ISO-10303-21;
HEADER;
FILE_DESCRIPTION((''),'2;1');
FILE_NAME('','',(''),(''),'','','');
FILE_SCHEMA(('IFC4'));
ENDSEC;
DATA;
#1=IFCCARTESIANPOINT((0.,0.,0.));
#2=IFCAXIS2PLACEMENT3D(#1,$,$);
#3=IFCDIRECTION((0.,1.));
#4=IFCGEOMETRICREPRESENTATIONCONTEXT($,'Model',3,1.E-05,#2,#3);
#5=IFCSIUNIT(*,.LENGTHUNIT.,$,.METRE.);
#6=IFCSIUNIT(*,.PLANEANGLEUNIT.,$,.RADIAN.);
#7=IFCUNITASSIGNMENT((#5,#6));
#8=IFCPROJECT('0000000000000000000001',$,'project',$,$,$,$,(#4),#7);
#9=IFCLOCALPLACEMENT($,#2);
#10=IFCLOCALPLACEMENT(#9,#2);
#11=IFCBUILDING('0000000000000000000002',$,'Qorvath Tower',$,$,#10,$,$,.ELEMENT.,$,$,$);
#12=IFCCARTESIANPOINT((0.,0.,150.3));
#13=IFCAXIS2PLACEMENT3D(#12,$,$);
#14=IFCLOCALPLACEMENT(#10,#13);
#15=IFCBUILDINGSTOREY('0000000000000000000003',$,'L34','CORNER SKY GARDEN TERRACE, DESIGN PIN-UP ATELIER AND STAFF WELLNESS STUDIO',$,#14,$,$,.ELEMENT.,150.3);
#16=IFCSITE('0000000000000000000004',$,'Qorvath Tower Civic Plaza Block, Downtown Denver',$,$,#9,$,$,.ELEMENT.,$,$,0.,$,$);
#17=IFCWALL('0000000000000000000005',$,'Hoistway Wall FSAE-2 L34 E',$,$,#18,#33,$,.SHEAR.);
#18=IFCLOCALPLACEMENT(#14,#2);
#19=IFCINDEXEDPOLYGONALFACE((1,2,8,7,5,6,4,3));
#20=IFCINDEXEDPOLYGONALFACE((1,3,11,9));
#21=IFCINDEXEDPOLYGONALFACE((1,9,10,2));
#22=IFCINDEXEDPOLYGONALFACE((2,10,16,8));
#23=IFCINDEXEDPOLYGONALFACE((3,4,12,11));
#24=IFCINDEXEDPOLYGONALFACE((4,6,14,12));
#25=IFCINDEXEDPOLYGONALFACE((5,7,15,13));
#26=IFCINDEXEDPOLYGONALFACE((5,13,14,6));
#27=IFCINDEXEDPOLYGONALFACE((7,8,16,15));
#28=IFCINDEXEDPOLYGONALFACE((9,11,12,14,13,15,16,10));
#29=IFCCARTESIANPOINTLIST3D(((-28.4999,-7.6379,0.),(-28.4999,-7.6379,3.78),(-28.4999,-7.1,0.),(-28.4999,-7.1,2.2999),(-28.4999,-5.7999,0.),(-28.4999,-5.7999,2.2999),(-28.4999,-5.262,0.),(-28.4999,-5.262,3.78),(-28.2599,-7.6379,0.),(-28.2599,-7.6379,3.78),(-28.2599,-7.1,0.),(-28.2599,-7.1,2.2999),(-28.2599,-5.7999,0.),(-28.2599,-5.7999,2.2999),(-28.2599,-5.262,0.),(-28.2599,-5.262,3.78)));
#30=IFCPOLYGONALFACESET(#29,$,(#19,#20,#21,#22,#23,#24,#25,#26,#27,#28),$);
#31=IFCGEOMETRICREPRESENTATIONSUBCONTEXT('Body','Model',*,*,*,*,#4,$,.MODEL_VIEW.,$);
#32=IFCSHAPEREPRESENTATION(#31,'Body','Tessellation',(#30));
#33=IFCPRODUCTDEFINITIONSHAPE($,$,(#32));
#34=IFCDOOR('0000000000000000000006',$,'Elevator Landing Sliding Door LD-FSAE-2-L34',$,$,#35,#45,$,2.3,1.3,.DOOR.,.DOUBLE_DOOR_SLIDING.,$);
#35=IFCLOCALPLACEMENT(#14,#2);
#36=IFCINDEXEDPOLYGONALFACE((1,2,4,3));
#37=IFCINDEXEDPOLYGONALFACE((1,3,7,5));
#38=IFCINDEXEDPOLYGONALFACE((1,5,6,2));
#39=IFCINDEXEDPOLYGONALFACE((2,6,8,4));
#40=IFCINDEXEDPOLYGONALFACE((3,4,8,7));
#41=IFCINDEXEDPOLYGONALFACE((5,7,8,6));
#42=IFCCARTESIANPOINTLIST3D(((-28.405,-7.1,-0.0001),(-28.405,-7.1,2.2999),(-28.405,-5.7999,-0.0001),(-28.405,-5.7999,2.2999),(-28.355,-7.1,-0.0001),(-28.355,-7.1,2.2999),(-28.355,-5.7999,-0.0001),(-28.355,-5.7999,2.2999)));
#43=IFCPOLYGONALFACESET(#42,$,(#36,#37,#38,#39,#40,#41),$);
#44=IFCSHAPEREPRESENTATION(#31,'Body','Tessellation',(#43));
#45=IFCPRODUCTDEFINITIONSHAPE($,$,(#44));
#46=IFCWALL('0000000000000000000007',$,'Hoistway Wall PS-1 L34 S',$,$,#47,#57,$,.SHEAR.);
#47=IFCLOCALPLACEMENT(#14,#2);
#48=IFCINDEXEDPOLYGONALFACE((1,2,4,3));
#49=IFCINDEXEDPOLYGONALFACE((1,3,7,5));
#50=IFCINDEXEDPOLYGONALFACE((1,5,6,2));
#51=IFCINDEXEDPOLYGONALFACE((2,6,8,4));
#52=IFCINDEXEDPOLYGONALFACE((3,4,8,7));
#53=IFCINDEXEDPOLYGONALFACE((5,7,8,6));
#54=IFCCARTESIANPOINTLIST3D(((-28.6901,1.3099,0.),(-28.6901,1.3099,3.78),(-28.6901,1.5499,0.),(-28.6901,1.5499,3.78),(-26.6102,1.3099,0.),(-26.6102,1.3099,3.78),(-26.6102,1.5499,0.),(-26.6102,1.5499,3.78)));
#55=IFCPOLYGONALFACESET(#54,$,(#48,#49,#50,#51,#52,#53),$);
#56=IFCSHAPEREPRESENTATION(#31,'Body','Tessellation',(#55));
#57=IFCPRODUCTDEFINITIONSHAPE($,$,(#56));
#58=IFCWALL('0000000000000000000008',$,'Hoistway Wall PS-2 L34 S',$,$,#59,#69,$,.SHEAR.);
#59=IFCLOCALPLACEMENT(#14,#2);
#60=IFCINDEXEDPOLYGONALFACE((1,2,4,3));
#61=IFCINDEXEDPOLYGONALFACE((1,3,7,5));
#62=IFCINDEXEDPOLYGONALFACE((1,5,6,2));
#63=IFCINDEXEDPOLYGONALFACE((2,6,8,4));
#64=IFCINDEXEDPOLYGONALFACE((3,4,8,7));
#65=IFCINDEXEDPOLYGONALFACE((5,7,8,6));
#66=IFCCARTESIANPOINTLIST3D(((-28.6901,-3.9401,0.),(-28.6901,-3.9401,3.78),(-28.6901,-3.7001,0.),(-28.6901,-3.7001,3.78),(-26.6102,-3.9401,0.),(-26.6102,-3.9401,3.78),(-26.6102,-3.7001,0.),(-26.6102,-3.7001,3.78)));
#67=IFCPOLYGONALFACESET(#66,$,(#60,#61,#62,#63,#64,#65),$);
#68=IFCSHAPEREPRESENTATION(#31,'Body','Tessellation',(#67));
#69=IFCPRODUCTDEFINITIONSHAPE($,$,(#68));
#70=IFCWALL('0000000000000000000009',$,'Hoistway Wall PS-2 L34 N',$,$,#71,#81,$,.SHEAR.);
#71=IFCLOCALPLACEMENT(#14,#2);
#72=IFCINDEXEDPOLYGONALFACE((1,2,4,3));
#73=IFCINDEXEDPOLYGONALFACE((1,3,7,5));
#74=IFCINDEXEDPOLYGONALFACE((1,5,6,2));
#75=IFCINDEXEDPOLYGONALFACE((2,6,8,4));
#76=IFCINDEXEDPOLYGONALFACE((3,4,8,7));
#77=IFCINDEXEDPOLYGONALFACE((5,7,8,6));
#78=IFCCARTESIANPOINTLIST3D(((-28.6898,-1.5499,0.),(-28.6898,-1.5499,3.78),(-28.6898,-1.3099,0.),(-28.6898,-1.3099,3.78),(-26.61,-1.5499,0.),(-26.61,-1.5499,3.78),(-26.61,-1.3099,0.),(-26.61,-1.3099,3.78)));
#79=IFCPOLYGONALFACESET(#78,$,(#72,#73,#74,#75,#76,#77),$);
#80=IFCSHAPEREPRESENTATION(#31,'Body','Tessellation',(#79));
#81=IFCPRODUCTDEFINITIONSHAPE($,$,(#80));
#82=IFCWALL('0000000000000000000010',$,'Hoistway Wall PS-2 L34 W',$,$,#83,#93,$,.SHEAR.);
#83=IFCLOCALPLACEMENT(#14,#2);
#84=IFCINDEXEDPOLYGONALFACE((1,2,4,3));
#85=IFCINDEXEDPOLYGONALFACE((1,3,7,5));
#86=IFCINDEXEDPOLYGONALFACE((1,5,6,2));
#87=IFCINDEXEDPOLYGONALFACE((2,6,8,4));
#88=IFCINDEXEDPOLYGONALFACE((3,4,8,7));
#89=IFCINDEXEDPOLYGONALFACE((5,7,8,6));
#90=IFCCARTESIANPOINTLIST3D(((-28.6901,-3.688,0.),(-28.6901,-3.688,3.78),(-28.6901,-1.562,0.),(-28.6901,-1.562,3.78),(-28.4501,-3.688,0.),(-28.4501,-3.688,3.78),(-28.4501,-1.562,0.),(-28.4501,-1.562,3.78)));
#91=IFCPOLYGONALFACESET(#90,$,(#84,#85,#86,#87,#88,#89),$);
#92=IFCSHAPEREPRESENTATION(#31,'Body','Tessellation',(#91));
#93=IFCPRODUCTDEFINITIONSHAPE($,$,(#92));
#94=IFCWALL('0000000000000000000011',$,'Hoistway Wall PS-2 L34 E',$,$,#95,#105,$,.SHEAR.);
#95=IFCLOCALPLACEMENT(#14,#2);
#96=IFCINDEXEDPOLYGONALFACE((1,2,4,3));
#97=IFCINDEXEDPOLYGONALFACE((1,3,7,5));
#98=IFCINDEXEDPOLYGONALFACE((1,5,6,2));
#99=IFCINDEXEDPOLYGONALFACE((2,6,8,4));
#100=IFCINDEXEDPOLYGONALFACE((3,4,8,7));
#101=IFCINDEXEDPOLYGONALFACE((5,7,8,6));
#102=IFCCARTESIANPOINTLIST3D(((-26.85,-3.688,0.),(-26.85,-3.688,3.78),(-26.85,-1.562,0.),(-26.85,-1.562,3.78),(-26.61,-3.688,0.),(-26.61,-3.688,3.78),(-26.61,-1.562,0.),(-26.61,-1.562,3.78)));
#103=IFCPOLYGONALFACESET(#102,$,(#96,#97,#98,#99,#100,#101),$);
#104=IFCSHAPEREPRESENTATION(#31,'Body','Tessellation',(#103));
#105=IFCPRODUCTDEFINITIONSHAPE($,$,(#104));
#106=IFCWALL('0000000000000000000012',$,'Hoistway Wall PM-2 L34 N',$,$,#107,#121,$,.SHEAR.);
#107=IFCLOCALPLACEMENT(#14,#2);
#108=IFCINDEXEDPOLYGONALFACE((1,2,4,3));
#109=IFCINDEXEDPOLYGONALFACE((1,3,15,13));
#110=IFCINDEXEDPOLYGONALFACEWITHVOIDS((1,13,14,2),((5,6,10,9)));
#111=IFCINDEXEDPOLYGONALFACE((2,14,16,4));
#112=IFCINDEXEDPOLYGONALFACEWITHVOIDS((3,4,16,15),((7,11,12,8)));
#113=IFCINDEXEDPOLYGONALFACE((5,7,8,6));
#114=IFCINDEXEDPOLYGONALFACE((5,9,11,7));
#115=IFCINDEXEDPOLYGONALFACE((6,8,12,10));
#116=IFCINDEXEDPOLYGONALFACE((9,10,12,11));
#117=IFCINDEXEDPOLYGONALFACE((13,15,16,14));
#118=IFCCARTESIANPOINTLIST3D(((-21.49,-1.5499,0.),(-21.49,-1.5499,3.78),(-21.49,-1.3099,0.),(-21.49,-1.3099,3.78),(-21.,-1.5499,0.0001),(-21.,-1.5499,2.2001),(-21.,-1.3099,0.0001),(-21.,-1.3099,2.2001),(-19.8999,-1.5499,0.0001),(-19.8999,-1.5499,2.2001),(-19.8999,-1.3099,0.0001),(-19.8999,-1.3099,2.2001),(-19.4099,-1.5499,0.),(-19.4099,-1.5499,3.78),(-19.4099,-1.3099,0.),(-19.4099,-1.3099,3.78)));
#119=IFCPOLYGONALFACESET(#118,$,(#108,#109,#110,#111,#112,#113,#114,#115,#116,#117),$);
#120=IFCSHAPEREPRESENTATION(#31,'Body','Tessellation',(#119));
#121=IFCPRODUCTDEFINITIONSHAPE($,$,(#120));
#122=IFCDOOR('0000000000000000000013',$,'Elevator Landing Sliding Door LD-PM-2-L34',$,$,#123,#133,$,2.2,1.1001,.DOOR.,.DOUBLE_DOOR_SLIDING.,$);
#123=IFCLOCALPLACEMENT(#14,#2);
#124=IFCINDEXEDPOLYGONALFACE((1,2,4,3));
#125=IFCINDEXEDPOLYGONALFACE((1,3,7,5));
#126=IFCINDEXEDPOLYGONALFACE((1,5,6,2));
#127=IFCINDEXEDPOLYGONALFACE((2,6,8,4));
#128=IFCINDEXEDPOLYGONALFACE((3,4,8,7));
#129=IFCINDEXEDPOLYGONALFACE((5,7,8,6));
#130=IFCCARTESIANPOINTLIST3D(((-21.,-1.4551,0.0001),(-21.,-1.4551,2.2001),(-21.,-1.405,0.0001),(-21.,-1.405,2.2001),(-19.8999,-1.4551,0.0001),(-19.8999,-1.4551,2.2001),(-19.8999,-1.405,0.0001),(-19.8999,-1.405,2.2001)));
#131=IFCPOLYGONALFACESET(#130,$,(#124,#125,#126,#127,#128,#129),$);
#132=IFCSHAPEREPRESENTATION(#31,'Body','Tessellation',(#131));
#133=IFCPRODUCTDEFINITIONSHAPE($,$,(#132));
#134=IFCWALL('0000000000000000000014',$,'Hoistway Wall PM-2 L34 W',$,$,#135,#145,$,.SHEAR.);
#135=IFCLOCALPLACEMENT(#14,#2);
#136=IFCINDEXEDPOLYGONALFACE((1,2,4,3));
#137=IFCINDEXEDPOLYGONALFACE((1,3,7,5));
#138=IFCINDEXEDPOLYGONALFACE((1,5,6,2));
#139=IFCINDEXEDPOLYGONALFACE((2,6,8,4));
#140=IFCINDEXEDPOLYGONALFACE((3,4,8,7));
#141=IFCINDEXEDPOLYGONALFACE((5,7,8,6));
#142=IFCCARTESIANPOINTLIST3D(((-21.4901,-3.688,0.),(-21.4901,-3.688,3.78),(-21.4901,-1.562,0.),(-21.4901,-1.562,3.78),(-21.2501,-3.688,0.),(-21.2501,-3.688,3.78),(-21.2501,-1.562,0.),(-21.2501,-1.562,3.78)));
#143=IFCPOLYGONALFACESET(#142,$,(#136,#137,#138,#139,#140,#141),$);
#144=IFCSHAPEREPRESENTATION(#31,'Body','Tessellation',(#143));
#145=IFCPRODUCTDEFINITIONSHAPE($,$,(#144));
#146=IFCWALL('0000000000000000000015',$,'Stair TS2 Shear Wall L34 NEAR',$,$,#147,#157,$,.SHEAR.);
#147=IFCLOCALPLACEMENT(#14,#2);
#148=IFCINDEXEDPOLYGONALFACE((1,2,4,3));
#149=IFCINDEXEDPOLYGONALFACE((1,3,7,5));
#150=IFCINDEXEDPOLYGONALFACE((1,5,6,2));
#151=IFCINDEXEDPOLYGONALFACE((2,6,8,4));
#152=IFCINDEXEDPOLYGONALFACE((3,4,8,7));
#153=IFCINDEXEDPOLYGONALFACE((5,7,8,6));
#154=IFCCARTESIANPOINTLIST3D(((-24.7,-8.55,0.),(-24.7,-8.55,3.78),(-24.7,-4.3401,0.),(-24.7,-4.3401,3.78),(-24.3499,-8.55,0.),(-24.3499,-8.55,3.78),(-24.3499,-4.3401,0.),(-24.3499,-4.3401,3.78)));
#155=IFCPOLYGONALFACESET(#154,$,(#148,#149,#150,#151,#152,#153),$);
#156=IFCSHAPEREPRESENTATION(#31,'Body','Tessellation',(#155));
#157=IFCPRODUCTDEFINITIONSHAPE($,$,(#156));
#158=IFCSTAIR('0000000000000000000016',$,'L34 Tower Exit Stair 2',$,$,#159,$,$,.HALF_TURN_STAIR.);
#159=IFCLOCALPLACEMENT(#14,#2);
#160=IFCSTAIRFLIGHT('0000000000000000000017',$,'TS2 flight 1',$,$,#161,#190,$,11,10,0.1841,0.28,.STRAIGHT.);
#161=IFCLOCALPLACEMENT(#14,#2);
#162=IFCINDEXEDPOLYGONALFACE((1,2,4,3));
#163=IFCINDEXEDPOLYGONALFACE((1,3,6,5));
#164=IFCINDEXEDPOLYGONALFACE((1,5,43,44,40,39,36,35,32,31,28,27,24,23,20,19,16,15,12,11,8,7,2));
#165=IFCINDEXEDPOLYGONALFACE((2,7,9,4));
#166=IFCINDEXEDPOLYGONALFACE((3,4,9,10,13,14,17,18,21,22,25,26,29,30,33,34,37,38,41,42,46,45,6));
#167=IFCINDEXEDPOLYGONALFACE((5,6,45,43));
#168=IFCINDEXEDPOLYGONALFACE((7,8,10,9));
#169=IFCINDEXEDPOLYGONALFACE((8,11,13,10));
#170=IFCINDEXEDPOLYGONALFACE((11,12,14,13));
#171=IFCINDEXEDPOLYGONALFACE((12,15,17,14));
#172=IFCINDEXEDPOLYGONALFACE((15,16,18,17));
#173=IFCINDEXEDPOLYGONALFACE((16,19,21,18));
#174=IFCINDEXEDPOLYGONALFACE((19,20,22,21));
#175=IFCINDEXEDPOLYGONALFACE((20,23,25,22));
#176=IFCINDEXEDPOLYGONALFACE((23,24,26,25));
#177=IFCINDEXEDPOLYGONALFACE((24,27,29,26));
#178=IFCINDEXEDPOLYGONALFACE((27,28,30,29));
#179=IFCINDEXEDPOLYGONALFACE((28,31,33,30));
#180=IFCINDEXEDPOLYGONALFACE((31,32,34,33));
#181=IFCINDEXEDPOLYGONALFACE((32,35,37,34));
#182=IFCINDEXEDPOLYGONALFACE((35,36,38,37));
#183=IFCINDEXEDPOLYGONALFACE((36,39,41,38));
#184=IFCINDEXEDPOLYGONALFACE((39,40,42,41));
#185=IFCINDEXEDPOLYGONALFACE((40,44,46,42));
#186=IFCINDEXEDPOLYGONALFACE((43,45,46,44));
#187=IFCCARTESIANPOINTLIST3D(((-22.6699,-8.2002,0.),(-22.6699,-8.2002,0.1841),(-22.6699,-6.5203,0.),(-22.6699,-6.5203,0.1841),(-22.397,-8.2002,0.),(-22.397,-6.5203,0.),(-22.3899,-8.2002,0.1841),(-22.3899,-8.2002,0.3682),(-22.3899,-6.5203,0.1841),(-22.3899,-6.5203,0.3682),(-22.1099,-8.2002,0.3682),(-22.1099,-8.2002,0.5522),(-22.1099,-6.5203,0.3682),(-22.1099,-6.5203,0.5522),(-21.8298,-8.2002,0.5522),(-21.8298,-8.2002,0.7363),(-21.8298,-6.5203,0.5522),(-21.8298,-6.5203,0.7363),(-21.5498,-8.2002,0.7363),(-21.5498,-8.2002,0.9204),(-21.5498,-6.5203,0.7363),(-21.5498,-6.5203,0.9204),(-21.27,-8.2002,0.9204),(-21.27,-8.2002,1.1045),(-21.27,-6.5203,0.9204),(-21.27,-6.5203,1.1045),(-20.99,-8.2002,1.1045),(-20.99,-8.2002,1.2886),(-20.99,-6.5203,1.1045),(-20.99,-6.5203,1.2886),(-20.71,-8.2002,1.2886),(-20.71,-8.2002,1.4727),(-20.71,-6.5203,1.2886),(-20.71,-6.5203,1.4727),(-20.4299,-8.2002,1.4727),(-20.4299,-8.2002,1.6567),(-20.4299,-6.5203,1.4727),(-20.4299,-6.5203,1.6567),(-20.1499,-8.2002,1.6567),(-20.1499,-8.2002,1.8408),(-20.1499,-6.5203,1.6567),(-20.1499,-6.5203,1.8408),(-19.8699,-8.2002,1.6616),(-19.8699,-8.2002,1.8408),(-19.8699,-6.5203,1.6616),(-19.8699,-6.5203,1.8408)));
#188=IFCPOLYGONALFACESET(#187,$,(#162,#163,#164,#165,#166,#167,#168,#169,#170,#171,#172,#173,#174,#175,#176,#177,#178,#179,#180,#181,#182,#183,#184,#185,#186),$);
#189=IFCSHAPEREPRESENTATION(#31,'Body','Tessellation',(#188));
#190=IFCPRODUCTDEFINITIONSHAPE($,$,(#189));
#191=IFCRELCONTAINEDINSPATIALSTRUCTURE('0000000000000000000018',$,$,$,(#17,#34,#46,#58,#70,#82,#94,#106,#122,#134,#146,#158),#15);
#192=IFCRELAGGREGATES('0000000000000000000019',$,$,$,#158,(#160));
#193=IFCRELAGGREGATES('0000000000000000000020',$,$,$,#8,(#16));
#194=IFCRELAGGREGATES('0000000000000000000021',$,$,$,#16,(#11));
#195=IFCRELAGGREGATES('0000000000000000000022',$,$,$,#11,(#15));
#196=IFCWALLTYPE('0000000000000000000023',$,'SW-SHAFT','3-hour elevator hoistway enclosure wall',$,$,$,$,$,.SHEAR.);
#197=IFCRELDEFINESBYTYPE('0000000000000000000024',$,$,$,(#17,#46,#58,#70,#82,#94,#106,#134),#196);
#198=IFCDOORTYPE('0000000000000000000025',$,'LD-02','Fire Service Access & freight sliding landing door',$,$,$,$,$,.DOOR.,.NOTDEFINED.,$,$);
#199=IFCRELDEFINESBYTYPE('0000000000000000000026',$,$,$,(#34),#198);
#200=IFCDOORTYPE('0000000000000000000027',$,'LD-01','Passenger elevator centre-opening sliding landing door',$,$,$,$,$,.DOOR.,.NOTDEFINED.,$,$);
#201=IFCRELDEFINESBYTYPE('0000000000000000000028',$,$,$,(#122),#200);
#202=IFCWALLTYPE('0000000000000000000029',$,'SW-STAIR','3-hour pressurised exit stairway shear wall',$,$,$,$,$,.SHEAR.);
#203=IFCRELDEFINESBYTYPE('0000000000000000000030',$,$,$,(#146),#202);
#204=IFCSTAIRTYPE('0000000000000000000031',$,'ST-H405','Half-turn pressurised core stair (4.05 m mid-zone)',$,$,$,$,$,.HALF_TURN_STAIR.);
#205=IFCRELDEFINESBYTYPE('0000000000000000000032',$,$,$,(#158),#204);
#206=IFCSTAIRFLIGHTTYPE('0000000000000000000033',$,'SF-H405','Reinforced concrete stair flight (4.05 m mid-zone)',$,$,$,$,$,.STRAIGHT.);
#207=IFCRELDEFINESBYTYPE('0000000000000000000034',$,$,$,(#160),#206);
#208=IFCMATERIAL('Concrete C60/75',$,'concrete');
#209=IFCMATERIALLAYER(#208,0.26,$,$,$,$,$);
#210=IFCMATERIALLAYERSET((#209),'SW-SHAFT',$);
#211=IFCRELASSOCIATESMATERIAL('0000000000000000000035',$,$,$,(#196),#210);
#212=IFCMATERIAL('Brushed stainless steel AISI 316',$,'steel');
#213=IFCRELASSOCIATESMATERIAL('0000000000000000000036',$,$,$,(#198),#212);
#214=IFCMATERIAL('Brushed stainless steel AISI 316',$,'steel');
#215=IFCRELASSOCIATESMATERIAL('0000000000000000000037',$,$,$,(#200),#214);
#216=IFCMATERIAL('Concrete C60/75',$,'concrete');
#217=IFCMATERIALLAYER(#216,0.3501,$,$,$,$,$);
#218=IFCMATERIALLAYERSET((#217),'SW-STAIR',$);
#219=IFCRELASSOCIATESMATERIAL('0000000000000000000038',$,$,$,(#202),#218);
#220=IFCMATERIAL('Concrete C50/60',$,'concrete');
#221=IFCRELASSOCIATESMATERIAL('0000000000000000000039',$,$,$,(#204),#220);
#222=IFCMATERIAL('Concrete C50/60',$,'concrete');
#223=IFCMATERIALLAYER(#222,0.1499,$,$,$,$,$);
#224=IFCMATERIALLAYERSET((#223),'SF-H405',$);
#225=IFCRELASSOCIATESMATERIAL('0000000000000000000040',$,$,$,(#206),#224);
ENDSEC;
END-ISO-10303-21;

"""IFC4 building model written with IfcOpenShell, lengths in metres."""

from ifc_helpers import new_model, si_unit, direction, frame, frame_2d, origin, place, context, subcontext, project, spatial, polyline, rectangle, outline, extrude, material, layer, layer_set, type_object, element, fill, aggregate, save


model = new_model("IFC4")

# Units and contexts
model_context = context("Model", 3, precision=1e-05, world=origin(), true_north=direction((0.0, 1.0)))
body_context = subcontext(model_context, "Body", "Model", "MODEL_VIEW")
ifc_project = project(units=[si_unit("LENGTHUNIT", "METRE"), si_unit("PLANEANGLEUNIT", "RADIAN")], contexts=[model_context])

# Site, building, storey
site_placement = place(None, origin())
site = spatial("IfcSite", under=ifc_project, at=site_placement, Name="Qorvath Tower Civic Plaza Block, Downtown Denver", CompositionType="ELEMENT", RefElevation=0.0)
building_placement = place(site_placement, origin())
building = spatial("IfcBuilding", under=site, at=building_placement, Name="Qorvath Tower", CompositionType="ELEMENT")
storey_placement = place(building_placement, frame((0.0, 0.0, 150.3)))
storey = spatial("IfcBuildingStorey", under=building, at=storey_placement, Name="L34", Description="CORNER SKY GARDEN TERRACE, DESIGN PIN-UP ATELIER AND STAFF WELLNESS STUDIO", CompositionType="ELEMENT", Elevation=150.3)

# Shared definitions
ifc_material_1 = material(Name="Concrete C60/75", Category="concrete")
ifc_layer_1 = layer(ifc_material_1, 0.26)
ifc_layer_set_1 = layer_set([ifc_layer_1], Name="SW-SHAFT")
wall_type_1 = type_object("IfcWallType", Name="SW-SHAFT", Description="3-hour elevator hoistway enclosure wall", PredefinedType="SHEAR", material=ifc_layer_set_1)

# Wall, opening, door
wall_1_placement = place(storey_placement, frame((-28.3799, -5.262, 0.0), z_axis=(0.0, 0.0, 1.0), x_axis=(0.0, -1.0, 0.0)))
wall_1 = element("IfcWall", 1, at=wall_1_placement, inside=storey, type_object=wall_type_1, Name="Hoistway Wall FSAE-2 L34 E", PredefinedType="SHEAR", context=body_context, shape_type="SweptSolid", body=[
    extrude(rectangle(XDim=2.376, YDim=0.24, at=frame_2d((1.188, 0.0))), origin(), (0.0, 0.0, 1.0), 3.78),
])
opening_1_placement = place(wall_1_placement, frame((0.5381, 0.0, 0.0)))
opening_1 = element("IfcOpeningElement", 2, at=opening_1_placement, cuts=wall_1, PredefinedType="OPENING", context=body_context, shape_type="SweptSolid", body=[
    extrude(rectangle(XDim=1.3, YDim=2.3, at=frame_2d((0.6499, 1.1499))), frame((0.0, 0.1299, 0.0), z_axis=(0.0, -1.0, 0.0), x_axis=(1.0, 0.0, 0.0)), (0.0, 0.0, 1.0), 0.26),
])
ifc_material_2 = material(Name="Brushed stainless steel AISI 316", Category="steel")
door_type_1 = type_object("IfcDoorType", Name="LD-02", Description="Fire Service Access & freight sliding landing door", OperationType="NOTDEFINED", PredefinedType="DOOR", material=ifc_material_2)
door_1_placement = place(opening_1_placement, origin())
door_1 = element("IfcDoor", 3, at=door_1_placement, inside=storey, type_object=door_type_1, Name="Elevator Landing Sliding Door LD-FSAE-2-L34", OperationType="DOUBLE_DOOR_SLIDING", OverallHeight=2.3, OverallWidth=1.3, PredefinedType="DOOR", context=body_context, shape_type="SweptSolid", body=[
    extrude(rectangle(XDim=1.3, YDim=2.3, at=frame_2d((0.6499, 1.1499))), frame((0.0, 0.0249, 0.0), z_axis=(0.0, -1.0, 0.0), x_axis=(1.0, 0.0, 0.0)), (0.0, 0.0, 1.0), 0.05),
])
fill(opening_1, door_1)

# Walls
for number, where, z_axis, x_axis, name in (
    (4, (-26.6101, 1.4299, 0.0), (0.0, 0.0, 1.0), (-1.0, 0.0, 0.0), "Hoistway Wall PS-1 L34 S"),
    (5, (-26.6101, -3.8201, 0.0), (0.0, 0.0, 1.0), (-1.0, 0.0, 0.0), "Hoistway Wall PS-2 L34 S"),
    (6, (-28.6899, -1.4299, 0.0), (0.0, 0.0, 1.0), (1.0, 0.0, 0.0), "Hoistway Wall PS-2 L34 N"),
):
    element("IfcWall", number, at=place(storey_placement, frame(where, z_axis=z_axis, x_axis=x_axis)), inside=storey, type_object=wall_type_1, Name=name, PredefinedType="SHEAR", context=body_context, shape_type="SweptSolid", body=[
        extrude(rectangle(XDim=2.0798, YDim=0.24, at=frame_2d((1.04, 0.0))), origin(), (0.0, 0.0, 1.0), 3.78),
    ])
for number, where, z_axis, x_axis, name in (
    (7, (-28.5701, -3.688, 0.0), (0.0, 0.0, 1.0), (0.0, 1.0, 0.0), "Hoistway Wall PS-2 L34 W"),
    (8, (-26.73, -1.562, 0.0), (0.0, 0.0, 1.0), (0.0, -1.0, 0.0), "Hoistway Wall PS-2 L34 E"),
):
    element("IfcWall", number, at=place(storey_placement, frame(where, z_axis=z_axis, x_axis=x_axis)), inside=storey, type_object=wall_type_1, Name=name, PredefinedType="SHEAR", context=body_context, shape_type="SweptSolid", body=[
        extrude(rectangle(XDim=2.126, YDim=0.24, at=frame_2d((1.063, 0.0))), origin(), (0.0, 0.0, 1.0), 3.78),
    ])

# Wall, opening, door
wall_2_placement = place(storey_placement, frame((-21.49, -1.4299, 0.0), z_axis=(0.0, 0.0, 1.0), x_axis=(1.0, 0.0, 0.0)))
wall_2 = element("IfcWall", 9, at=wall_2_placement, inside=storey, type_object=wall_type_1, Name="Hoistway Wall PM-2 L34 N", PredefinedType="SHEAR", context=body_context, shape_type="SweptSolid", body=[
    extrude(rectangle(XDim=2.0801, YDim=0.24, at=frame_2d((1.04, 0.0))), origin(), (0.0, 0.0, 1.0), 3.78),
])
opening_2_placement = place(wall_2_placement, frame((0.49, 0.0, 0.0)))
opening_2 = element("IfcOpeningElement", 10, at=opening_2_placement, cuts=wall_2, PredefinedType="OPENING", context=body_context, shape_type="SweptSolid", body=[
    extrude(rectangle(XDim=1.1001, YDim=2.2, at=frame_2d((0.55, 1.1001))), frame((0.0, 0.1299, 0.0), z_axis=(0.0, -1.0, 0.0), x_axis=(1.0, 0.0, 0.0)), (0.0, 0.0, 1.0), 0.26),
])
ifc_material_3 = material(Name="Brushed stainless steel AISI 316", Category="steel")
door_type_2 = type_object("IfcDoorType", Name="LD-01", Description="Passenger elevator centre-opening sliding landing door", OperationType="NOTDEFINED", PredefinedType="DOOR", material=ifc_material_3)
door_2_placement = place(opening_2_placement, origin())
door_2 = element("IfcDoor", 11, at=door_2_placement, inside=storey, type_object=door_type_2, Name="Elevator Landing Sliding Door LD-PM-2-L34", OperationType="DOUBLE_DOOR_SLIDING", OverallHeight=2.2, OverallWidth=1.1001, PredefinedType="DOOR", context=body_context, shape_type="SweptSolid", body=[
    extrude(rectangle(XDim=1.1001, YDim=2.2, at=frame_2d((0.55, 1.1001))), frame((0.0, 0.0249, 0.0), z_axis=(0.0, -1.0, 0.0), x_axis=(1.0, 0.0, 0.0)), (0.0, 0.0, 1.0), 0.05),
])
fill(opening_2, door_2)

# Walls
wall_3_placement = place(storey_placement, frame((-21.3701, -3.688, 0.0), z_axis=(0.0, 0.0, 1.0), x_axis=(0.0, 1.0, 0.0)))
element("IfcWall", 12, at=wall_3_placement, inside=storey, type_object=wall_type_1, Name="Hoistway Wall PM-2 L34 W", PredefinedType="SHEAR", context=body_context, shape_type="SweptSolid", body=[
    extrude(rectangle(XDim=2.126, YDim=0.24, at=frame_2d((1.063, 0.0))), origin(), (0.0, 0.0, 1.0), 3.78),
])
ifc_material_4 = material(Name="Concrete C60/75", Category="concrete")
ifc_layer_2 = layer(ifc_material_4, 0.3501)
ifc_layer_set_2 = layer_set([ifc_layer_2], Name="SW-STAIR")
wall_type_2 = type_object("IfcWallType", Name="SW-STAIR", Description="3-hour pressurised exit stairway shear wall", PredefinedType="SHEAR", material=ifc_layer_set_2)
wall_4_placement = place(storey_placement, frame((-24.5249, -4.3401, 0.0), z_axis=(0.0, 0.0, 1.0), x_axis=(0.0, -1.0, 0.0)))
element("IfcWall", 13, at=wall_4_placement, inside=storey, type_object=wall_type_2, Name="Stair TS2 Shear Wall L34 NEAR", PredefinedType="SHEAR", context=body_context, shape_type="SweptSolid", body=[
    extrude(rectangle(XDim=4.21, YDim=0.3501, at=frame_2d((2.105, 0.0))), origin(), (0.0, 0.0, 1.0), 3.78),
])

# Stair, stair flight
ifc_material_5 = material(Name="Concrete C50/60", Category="concrete")
stair_type = type_object("IfcStairType", Name="ST-H405", Description="Half-turn pressurised core stair (4.05 m mid-zone)", PredefinedType="HALF_TURN_STAIR", material=ifc_material_5)
stair_placement = place(storey_placement, origin())
stair = element("IfcStair", 14, at=stair_placement, inside=storey, type_object=stair_type, Name="L34 Tower Exit Stair 2", PredefinedType="HALF_TURN_STAIR")
ifc_material_6 = material(Name="Concrete C50/60", Category="concrete")
ifc_layer_3 = layer(ifc_material_6, 0.1499)
ifc_layer_set_3 = layer_set([ifc_layer_3], Name="SF-H405")
stair_flight_type = type_object("IfcStairFlightType", Name="SF-H405", Description="Reinforced concrete stair flight (4.05 m mid-zone)", PredefinedType="STRAIGHT", material=ifc_layer_set_3)
stair_flight_placement = place(storey_placement, frame((-22.6699, -7.3601, 0.0), z_axis=(0.0, 0.0, 1.0), x_axis=(1.0, 0.0, 0.0)))
stair_flight = element("IfcStairFlight", 15, at=stair_flight_placement, type_object=stair_flight_type, Name="TS2 flight 1", NumberOfRisers=11, NumberOfTreads=10, PredefinedType="STRAIGHT", RiserHeight=0.1841, TreadLength=0.28, context=body_context, shape_type="SweptSolid", body=[
    extrude(outline(polyline([(0.0, 0.0), (0.0, 0.1841), (0.28, 0.1841), (0.28, 0.3682), (0.5601, 0.3682), (0.5601, 0.5522), (0.8401, 0.5522), (0.8401, 0.7363), (1.1201, 0.7363), (1.1201, 0.9204), (1.3999, 0.9204), (1.3999, 1.1045), (1.6799, 1.1045), (1.6799, 1.2886), (1.96, 1.2886), (1.96, 1.4727), (2.24, 1.4727), (2.24, 1.6567), (2.52, 1.6567), (2.52, 1.8408), (2.8, 1.8408), (2.8, 2.0249), (2.8, 1.6616), (0.2729, 0.0), (0.0, 0.0)])), frame((0.0, 0.8398, 0.0), z_axis=(0.0, -1.0, 0.0), x_axis=(1.0, 0.0, 0.0)), (0.0, 0.0, 1.0), 1.6799),
])
aggregate(stair, [stair_flight])

save(model, "model.ifc")
